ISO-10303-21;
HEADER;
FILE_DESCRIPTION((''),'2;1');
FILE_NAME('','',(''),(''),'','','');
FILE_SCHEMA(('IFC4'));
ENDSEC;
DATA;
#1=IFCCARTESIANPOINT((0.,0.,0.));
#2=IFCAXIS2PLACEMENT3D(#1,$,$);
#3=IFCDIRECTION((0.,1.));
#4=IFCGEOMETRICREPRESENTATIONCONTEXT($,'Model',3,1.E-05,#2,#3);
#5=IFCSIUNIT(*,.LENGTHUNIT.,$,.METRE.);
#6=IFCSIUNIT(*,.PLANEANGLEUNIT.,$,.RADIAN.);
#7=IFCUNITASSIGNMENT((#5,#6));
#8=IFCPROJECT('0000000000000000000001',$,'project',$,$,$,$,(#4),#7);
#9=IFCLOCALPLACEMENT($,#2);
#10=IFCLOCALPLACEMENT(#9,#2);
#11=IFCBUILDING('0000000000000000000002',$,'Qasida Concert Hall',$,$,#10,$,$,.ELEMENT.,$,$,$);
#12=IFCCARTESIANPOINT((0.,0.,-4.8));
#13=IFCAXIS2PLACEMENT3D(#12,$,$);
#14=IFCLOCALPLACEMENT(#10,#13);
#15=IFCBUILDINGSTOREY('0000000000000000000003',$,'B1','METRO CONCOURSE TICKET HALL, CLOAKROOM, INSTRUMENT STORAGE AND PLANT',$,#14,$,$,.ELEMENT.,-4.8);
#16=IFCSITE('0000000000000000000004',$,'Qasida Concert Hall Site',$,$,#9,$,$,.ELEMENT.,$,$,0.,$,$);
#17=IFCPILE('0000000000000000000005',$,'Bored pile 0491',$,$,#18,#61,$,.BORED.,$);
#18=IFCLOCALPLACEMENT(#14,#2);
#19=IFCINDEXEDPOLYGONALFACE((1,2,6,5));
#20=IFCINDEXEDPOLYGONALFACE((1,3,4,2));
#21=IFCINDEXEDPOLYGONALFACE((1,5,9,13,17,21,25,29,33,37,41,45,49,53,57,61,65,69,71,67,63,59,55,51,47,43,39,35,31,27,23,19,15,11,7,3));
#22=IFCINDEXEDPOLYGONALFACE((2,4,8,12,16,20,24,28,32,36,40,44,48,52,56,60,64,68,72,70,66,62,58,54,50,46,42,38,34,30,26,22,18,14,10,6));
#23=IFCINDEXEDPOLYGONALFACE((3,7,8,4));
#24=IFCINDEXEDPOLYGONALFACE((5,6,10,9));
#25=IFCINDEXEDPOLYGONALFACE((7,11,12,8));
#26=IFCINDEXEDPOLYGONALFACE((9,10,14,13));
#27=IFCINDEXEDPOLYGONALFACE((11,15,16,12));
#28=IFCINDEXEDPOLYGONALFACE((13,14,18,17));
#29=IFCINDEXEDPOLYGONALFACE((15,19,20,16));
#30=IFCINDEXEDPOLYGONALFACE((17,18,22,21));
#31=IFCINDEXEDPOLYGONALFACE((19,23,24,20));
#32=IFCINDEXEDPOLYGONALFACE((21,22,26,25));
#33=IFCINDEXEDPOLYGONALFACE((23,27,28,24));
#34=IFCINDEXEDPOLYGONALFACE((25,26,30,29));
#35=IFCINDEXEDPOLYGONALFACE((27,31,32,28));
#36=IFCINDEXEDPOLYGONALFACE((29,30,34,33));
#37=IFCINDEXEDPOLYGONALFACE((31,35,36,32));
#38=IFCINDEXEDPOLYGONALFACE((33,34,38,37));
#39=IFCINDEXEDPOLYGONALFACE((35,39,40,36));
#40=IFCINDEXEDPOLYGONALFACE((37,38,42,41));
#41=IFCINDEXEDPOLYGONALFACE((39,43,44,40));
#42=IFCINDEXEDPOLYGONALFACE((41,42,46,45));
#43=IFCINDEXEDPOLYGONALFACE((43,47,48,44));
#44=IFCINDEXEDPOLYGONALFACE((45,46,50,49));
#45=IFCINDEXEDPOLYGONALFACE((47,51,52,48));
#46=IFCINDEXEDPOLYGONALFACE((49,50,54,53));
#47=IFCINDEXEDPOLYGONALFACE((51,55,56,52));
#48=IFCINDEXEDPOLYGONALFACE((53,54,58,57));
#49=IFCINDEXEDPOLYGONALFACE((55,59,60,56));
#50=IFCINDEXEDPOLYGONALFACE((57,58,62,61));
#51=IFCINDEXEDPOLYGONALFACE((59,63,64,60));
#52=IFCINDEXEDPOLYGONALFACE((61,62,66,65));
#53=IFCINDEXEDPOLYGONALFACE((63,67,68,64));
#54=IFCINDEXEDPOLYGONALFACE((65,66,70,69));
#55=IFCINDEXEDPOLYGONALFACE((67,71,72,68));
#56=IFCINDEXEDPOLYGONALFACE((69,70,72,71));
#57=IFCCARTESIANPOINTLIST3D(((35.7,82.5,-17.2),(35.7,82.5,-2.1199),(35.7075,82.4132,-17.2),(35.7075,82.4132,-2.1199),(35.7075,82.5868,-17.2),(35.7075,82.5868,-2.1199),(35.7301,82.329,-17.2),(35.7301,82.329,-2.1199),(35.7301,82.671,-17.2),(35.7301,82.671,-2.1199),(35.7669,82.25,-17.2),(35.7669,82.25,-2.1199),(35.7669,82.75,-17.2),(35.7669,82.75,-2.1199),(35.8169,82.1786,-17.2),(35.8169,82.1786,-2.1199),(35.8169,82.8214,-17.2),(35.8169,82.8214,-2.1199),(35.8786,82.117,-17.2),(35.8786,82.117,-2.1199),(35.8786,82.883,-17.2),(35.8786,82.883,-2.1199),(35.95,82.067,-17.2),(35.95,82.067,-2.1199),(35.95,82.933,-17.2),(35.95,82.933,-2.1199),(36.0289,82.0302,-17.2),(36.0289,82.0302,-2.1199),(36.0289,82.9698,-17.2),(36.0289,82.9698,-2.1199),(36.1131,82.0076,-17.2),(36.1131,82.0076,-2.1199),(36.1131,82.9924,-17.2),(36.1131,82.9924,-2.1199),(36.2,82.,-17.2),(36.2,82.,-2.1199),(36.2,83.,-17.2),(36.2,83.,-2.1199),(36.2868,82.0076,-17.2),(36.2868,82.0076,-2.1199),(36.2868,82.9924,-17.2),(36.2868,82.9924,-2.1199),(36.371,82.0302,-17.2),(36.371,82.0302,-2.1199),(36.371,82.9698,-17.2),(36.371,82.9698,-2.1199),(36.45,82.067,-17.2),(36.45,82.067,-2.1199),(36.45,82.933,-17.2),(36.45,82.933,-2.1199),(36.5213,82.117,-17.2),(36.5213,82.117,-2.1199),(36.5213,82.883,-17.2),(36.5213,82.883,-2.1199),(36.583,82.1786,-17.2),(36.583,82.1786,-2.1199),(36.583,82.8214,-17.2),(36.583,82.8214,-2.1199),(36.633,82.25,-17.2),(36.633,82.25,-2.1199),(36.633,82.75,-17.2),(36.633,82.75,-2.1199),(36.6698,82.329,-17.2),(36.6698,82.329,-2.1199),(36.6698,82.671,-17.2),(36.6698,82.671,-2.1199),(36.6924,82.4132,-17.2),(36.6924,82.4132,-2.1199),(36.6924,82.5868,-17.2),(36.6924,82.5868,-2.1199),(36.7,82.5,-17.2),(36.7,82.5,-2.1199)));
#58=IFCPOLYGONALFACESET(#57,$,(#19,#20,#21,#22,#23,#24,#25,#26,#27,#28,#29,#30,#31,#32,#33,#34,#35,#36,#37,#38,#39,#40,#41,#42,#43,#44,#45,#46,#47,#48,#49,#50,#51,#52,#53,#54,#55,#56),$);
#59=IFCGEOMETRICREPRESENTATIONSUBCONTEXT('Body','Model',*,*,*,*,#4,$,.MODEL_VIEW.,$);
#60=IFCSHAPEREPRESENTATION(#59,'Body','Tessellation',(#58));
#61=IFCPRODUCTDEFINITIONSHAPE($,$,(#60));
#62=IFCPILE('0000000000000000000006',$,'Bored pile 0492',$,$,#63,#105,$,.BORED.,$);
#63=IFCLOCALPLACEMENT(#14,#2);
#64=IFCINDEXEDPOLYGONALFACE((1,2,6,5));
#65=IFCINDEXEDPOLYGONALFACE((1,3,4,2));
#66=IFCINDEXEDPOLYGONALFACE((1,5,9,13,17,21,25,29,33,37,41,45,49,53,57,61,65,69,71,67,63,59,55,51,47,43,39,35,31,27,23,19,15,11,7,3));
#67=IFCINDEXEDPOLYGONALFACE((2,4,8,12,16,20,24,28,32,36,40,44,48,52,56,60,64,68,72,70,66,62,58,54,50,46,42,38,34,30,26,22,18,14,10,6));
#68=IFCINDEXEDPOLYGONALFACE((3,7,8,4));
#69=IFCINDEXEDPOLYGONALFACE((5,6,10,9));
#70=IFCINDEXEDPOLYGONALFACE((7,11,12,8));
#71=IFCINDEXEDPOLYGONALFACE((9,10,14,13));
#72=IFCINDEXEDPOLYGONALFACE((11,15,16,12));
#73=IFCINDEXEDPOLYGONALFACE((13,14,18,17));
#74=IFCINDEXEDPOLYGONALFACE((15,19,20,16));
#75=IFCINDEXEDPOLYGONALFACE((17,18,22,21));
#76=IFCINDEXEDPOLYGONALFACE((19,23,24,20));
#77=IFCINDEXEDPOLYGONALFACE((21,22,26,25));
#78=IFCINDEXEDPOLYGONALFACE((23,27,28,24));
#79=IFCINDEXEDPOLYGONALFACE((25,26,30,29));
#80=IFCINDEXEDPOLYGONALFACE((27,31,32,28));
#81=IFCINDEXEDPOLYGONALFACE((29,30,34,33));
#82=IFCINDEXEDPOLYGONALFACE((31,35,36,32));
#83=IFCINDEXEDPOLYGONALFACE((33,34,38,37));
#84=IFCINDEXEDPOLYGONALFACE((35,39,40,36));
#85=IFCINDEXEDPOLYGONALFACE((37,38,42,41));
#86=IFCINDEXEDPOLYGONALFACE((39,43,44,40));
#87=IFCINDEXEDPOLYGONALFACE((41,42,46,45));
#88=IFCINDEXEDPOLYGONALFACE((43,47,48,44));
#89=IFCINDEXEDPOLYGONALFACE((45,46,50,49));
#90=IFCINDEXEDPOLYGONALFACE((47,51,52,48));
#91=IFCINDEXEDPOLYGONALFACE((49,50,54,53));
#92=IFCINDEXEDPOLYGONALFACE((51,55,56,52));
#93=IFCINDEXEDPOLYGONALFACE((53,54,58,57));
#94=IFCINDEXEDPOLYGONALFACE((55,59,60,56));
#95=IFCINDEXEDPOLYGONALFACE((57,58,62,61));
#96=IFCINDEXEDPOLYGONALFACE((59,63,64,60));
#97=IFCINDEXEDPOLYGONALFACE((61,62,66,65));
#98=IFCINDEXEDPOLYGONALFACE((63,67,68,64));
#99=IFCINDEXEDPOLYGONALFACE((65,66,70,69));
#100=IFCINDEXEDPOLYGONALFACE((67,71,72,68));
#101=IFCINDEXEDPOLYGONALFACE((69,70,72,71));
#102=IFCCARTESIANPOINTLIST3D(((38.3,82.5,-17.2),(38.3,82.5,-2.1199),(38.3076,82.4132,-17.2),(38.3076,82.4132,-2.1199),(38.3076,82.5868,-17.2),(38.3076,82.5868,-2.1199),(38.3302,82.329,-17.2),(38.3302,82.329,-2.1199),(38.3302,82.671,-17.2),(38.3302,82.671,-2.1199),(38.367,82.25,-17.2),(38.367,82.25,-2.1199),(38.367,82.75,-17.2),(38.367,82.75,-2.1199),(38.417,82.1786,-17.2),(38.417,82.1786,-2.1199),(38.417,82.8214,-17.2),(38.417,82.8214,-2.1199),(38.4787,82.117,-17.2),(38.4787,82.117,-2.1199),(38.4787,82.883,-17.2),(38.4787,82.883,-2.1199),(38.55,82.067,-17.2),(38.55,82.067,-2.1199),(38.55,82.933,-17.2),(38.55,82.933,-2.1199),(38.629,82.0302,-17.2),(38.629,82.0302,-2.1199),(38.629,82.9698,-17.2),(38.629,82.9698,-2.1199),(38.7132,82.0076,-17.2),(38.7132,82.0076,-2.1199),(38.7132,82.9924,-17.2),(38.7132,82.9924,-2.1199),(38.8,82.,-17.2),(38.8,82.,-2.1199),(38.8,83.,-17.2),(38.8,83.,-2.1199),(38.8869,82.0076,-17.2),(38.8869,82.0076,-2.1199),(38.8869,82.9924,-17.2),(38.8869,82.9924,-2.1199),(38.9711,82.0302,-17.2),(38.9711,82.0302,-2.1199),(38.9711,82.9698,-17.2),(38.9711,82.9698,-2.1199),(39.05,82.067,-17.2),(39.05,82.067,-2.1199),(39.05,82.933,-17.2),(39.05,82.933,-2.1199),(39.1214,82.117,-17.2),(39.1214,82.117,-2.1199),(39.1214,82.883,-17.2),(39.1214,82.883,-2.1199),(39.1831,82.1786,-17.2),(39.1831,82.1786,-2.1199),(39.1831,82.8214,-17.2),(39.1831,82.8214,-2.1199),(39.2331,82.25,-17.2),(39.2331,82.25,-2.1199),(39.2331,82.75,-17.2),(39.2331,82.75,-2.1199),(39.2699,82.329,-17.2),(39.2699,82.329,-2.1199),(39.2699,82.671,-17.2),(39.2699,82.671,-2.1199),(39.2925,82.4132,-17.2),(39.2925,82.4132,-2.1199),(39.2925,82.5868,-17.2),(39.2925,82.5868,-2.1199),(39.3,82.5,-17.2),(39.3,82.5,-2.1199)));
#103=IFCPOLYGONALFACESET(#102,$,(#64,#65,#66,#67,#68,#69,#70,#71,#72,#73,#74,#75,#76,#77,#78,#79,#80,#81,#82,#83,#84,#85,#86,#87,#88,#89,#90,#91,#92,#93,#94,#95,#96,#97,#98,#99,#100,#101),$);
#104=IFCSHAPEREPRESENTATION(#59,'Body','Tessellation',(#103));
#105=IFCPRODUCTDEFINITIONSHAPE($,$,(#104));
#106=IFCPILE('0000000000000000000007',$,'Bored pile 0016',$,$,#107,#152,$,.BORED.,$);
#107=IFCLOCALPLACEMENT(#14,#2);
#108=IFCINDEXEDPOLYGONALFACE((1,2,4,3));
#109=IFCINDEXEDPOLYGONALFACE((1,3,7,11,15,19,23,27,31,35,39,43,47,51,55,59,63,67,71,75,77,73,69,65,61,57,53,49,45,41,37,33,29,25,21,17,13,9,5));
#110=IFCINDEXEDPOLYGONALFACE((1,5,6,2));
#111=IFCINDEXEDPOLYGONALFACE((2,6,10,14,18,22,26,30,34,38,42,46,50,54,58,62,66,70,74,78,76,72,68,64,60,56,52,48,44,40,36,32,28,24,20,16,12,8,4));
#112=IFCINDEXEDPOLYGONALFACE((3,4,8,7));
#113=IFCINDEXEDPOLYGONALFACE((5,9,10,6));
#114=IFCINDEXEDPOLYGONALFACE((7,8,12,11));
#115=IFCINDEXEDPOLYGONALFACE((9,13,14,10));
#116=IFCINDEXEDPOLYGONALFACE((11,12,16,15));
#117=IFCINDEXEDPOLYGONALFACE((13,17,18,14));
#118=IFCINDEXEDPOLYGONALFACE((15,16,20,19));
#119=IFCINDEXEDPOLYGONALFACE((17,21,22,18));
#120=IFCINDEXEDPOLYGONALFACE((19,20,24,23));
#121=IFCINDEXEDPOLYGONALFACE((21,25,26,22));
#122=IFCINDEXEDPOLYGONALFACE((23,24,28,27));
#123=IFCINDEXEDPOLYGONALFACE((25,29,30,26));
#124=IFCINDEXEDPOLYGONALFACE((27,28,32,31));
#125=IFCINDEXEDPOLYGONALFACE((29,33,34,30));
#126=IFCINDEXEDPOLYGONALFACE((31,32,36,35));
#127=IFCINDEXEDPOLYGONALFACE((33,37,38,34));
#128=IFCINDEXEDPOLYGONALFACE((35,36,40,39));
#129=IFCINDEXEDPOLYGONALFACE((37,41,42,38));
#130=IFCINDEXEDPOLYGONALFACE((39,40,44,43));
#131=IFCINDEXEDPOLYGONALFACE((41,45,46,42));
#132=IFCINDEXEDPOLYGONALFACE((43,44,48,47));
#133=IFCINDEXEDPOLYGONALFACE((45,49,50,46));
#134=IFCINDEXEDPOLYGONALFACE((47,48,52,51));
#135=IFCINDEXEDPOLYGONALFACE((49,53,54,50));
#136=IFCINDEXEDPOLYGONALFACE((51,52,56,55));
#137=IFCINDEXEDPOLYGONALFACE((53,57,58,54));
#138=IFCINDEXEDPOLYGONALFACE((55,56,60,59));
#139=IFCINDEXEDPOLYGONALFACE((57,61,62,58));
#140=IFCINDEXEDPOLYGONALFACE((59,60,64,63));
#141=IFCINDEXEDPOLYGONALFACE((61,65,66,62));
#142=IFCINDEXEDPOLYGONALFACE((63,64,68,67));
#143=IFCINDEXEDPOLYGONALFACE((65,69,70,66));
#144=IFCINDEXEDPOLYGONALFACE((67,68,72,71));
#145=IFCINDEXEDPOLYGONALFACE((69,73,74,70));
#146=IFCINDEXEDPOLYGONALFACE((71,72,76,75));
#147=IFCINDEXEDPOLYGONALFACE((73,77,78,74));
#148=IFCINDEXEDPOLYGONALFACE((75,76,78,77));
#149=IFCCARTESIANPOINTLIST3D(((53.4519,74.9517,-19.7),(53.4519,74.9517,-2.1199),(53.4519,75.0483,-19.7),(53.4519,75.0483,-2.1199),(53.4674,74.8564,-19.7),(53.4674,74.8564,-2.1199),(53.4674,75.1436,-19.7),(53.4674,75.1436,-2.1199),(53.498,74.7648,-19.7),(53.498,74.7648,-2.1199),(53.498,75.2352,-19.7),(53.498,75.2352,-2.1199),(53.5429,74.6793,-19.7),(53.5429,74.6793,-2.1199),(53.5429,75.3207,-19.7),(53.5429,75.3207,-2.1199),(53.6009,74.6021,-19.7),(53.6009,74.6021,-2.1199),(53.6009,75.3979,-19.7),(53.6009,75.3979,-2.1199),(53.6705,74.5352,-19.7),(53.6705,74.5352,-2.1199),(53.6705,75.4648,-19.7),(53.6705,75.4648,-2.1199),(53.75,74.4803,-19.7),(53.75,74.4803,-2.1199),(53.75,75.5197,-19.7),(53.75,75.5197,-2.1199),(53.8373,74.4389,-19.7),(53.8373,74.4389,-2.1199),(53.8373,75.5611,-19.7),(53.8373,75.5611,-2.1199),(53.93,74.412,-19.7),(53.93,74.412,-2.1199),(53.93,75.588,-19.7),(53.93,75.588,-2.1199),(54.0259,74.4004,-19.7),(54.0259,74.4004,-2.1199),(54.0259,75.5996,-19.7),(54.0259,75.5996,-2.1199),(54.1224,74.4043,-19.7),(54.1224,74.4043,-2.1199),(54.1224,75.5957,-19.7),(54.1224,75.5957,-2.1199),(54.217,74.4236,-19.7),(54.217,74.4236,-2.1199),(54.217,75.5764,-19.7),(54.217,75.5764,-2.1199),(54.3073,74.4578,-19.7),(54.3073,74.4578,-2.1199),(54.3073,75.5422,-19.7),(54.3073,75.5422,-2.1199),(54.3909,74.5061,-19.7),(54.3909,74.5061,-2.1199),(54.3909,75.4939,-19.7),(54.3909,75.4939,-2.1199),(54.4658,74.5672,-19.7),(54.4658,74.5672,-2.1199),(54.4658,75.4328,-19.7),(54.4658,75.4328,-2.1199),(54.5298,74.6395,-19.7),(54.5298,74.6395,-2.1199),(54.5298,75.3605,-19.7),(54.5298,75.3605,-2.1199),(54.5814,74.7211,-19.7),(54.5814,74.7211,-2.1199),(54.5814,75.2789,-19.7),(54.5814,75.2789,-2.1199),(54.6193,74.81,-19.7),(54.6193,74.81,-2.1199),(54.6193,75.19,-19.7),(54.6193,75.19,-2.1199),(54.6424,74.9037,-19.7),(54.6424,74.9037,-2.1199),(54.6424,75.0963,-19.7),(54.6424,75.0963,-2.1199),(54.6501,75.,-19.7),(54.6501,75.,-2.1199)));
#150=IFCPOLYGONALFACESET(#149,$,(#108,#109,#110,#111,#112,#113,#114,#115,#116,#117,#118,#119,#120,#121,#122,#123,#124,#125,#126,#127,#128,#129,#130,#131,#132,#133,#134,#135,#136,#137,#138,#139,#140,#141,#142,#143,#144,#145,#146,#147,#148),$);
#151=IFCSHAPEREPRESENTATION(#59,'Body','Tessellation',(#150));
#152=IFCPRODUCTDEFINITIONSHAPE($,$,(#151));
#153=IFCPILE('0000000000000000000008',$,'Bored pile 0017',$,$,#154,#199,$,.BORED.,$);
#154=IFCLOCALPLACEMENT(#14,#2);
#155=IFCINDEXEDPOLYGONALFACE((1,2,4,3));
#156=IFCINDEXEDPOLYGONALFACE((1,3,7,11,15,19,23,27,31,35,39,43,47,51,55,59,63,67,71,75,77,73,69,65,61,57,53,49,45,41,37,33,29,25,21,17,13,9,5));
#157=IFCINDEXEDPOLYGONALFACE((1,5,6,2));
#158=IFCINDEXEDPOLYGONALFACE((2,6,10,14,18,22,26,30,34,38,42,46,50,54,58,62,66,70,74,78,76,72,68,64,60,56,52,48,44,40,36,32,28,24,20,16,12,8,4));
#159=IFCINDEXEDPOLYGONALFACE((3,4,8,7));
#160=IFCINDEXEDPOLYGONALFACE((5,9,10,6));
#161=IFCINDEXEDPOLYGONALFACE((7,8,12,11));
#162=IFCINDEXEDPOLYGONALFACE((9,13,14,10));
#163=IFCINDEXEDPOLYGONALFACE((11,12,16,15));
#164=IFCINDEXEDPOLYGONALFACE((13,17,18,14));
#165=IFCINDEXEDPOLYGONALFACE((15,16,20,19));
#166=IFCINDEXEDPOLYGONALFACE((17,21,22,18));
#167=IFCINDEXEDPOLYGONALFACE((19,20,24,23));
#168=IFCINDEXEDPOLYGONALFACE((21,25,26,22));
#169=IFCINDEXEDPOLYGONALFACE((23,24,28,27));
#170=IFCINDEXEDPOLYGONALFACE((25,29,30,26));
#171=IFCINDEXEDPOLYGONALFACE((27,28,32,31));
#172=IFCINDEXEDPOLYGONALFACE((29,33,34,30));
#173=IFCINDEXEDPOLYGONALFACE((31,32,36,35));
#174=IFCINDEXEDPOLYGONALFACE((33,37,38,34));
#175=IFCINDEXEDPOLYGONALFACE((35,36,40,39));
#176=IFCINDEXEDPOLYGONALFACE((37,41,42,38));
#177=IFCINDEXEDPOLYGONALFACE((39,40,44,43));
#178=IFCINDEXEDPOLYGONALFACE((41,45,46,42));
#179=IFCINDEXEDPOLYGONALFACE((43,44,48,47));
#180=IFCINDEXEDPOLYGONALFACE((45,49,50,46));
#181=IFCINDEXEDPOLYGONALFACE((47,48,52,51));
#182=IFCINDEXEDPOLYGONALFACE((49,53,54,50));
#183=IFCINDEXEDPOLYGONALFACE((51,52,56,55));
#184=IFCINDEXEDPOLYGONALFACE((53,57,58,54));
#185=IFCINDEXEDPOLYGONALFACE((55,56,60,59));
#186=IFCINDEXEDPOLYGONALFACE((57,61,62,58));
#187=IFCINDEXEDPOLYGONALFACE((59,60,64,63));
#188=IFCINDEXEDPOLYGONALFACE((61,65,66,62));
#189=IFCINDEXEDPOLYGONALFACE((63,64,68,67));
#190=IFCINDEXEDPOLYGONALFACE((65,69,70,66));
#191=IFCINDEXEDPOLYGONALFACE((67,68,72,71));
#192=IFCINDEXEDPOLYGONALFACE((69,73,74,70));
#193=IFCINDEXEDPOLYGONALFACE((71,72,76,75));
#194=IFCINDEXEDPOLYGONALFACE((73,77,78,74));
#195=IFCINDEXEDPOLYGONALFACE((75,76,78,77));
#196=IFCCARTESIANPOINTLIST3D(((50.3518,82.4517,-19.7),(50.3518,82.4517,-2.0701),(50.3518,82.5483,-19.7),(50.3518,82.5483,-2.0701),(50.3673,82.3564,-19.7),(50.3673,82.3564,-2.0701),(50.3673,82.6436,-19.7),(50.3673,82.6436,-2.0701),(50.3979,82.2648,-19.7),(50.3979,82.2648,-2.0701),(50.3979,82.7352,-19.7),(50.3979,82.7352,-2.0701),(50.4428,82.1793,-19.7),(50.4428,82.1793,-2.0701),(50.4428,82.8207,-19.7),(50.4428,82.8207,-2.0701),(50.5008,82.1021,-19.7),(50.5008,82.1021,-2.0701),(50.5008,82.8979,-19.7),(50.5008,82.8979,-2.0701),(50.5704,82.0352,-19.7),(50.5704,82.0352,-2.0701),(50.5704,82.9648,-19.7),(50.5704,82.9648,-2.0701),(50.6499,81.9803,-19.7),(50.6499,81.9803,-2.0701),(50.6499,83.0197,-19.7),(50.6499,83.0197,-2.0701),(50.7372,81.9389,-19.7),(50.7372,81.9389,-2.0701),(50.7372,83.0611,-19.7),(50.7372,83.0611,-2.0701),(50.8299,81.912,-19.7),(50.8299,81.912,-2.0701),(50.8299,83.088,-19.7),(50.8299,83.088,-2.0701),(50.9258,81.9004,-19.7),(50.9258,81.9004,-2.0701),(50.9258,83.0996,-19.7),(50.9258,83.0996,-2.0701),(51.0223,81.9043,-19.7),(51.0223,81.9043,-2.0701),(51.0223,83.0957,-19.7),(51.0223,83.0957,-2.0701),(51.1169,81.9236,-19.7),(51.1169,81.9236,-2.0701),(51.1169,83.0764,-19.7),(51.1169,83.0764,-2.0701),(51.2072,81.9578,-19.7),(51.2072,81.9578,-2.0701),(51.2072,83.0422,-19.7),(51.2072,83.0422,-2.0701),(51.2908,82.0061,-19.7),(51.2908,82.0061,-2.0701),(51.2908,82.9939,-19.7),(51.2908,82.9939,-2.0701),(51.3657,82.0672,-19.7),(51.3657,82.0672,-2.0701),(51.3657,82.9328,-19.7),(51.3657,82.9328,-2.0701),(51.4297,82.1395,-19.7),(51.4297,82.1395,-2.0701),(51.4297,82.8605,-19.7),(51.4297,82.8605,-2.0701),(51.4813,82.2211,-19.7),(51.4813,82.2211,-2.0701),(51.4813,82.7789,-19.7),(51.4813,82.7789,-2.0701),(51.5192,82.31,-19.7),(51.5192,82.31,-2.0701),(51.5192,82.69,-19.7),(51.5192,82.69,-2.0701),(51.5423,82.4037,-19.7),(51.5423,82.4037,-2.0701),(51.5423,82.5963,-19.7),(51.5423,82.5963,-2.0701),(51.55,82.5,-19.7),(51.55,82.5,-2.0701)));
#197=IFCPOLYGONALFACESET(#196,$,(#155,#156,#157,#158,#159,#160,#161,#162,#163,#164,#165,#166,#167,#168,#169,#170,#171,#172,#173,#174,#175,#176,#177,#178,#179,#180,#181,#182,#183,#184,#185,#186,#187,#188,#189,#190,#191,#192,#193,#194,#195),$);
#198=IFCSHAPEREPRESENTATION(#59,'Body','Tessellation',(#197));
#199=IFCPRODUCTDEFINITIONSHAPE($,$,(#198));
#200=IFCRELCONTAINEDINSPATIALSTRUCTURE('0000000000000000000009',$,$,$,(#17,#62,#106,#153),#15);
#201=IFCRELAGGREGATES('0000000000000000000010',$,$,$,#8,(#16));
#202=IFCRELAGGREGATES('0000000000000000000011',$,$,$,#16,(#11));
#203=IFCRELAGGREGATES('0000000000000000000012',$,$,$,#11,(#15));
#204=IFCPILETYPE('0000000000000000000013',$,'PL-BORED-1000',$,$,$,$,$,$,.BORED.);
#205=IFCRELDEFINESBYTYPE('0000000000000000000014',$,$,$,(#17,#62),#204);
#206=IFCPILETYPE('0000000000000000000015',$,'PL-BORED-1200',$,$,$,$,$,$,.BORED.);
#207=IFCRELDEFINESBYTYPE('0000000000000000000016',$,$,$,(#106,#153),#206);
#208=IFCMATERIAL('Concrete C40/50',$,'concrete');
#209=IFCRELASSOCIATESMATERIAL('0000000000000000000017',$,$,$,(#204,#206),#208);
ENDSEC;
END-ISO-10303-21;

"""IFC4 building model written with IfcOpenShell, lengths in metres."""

from ifc_helpers import new_model, si_unit, direction, frame, origin, origin_2d, place, context, subcontext, project, spatial, circle, extrude, material, material_profile, profile_set, type_object, element, save


model = new_model("IFC4")

# Units and contexts
model_context = context("Model", 3, precision=1e-05, world=origin(), true_north=direction((0.0, 1.0)))
body_context = subcontext(model_context, "Body", "Model", "MODEL_VIEW")
ifc_project = project(units=[si_unit("LENGTHUNIT", "METRE"), si_unit("PLANEANGLEUNIT", "RADIAN")], contexts=[model_context])

# Site, building, storey
site_placement = place(None, origin())
site = spatial("IfcSite", under=ifc_project, at=site_placement, Name="Qasida Concert Hall Site", CompositionType="ELEMENT", RefElevation=0.0)
building_placement = place(site_placement, origin())
building = spatial("IfcBuilding", under=site, at=building_placement, Name="Qasida Concert Hall", CompositionType="ELEMENT")
storey_placement = place(building_placement, frame((0.0, 0.0, -4.8)))
storey = spatial("IfcBuildingStorey", under=building, at=storey_placement, Name="B1", Description="METRO CONCOURSE TICKET HALL, CLOAKROOM, INSTRUMENT STORAGE AND PLANT", CompositionType="ELEMENT", Elevation=-4.8)

# Shared definitions
ifc_material_1 = material(Name="Concrete C40/50", Category="concrete")

# Piles
ifc_material_profile_1 = material_profile(ifc_material_1, circle(Radius=0.5, at=origin_2d()), Name="BORED PILE D1000")
ifc_profile_set_1 = profile_set([ifc_material_profile_1], Name="Concrete C40/50")
pile_type_1 = type_object("IfcPileType", Name="PL-BORED-1000", PredefinedType="BORED", material=ifc_profile_set_1)
for number, where, z_axis, x_axis, name in (
    (1, (36.2, 82.5, -2.1199), (0.0, 0.0, -1.0), (1.0, 0.0, 0.0), "Bored pile 0491"),
    (2, (38.8, 82.5, -2.1199), (0.0, 0.0, -1.0), (1.0, 0.0, 0.0), "Bored pile 0492"),
):
    element("IfcPile", number, at=place(storey_placement, frame(where, z_axis=z_axis, x_axis=x_axis)), inside=storey, type_object=pile_type_1, Name=name, PredefinedType="BORED", context=body_context, shape_type="SweptSolid", body=[
        extrude(circle(Radius=0.5, at=origin_2d()), origin(), (0.0, 0.0, 1.0), 15.0801),
    ])
ifc_material_profile_2 = material_profile(ifc_material_1, circle(Radius=0.6001, at=origin_2d()), Name="BORED PILE D1200")
ifc_profile_set_2 = profile_set([ifc_material_profile_2], Name="Concrete C40/50")
pile_type_2 = type_object("IfcPileType", Name="PL-BORED-1200", PredefinedType="BORED", material=ifc_profile_set_2)
pile_1_placement = place(storey_placement, frame((54.05, 75.0, -2.1199), z_axis=(0.0, 0.0, -1.0), x_axis=(1.0, 0.0, 0.0)))
element("IfcPile", 3, at=pile_1_placement, inside=storey, type_object=pile_type_2, Name="Bored pile 0016", PredefinedType="BORED", context=body_context, shape_type="SweptSolid", body=[
    extrude(circle(Radius=0.6001, at=origin_2d()), origin(), (0.0, 0.0, 1.0), 17.5801),
])
for number, where, z_axis, x_axis, name in (
    (4, (50.95, 82.5, -2.0701), (0.0, 0.0, -1.0), (1.0, 0.0, 0.0), "Bored pile 0017"),
):
    element("IfcPile", number, at=place(storey_placement, frame(where, z_axis=z_axis, x_axis=x_axis)), inside=storey, type_object=pile_type_2, Name=name, PredefinedType="BORED", context=body_context, shape_type="SweptSolid", body=[
        extrude(circle(Radius=0.6001, at=origin_2d()), origin(), (0.0, 0.0, 1.0), 17.6299),
    ])

save(model, "model.ifc")
